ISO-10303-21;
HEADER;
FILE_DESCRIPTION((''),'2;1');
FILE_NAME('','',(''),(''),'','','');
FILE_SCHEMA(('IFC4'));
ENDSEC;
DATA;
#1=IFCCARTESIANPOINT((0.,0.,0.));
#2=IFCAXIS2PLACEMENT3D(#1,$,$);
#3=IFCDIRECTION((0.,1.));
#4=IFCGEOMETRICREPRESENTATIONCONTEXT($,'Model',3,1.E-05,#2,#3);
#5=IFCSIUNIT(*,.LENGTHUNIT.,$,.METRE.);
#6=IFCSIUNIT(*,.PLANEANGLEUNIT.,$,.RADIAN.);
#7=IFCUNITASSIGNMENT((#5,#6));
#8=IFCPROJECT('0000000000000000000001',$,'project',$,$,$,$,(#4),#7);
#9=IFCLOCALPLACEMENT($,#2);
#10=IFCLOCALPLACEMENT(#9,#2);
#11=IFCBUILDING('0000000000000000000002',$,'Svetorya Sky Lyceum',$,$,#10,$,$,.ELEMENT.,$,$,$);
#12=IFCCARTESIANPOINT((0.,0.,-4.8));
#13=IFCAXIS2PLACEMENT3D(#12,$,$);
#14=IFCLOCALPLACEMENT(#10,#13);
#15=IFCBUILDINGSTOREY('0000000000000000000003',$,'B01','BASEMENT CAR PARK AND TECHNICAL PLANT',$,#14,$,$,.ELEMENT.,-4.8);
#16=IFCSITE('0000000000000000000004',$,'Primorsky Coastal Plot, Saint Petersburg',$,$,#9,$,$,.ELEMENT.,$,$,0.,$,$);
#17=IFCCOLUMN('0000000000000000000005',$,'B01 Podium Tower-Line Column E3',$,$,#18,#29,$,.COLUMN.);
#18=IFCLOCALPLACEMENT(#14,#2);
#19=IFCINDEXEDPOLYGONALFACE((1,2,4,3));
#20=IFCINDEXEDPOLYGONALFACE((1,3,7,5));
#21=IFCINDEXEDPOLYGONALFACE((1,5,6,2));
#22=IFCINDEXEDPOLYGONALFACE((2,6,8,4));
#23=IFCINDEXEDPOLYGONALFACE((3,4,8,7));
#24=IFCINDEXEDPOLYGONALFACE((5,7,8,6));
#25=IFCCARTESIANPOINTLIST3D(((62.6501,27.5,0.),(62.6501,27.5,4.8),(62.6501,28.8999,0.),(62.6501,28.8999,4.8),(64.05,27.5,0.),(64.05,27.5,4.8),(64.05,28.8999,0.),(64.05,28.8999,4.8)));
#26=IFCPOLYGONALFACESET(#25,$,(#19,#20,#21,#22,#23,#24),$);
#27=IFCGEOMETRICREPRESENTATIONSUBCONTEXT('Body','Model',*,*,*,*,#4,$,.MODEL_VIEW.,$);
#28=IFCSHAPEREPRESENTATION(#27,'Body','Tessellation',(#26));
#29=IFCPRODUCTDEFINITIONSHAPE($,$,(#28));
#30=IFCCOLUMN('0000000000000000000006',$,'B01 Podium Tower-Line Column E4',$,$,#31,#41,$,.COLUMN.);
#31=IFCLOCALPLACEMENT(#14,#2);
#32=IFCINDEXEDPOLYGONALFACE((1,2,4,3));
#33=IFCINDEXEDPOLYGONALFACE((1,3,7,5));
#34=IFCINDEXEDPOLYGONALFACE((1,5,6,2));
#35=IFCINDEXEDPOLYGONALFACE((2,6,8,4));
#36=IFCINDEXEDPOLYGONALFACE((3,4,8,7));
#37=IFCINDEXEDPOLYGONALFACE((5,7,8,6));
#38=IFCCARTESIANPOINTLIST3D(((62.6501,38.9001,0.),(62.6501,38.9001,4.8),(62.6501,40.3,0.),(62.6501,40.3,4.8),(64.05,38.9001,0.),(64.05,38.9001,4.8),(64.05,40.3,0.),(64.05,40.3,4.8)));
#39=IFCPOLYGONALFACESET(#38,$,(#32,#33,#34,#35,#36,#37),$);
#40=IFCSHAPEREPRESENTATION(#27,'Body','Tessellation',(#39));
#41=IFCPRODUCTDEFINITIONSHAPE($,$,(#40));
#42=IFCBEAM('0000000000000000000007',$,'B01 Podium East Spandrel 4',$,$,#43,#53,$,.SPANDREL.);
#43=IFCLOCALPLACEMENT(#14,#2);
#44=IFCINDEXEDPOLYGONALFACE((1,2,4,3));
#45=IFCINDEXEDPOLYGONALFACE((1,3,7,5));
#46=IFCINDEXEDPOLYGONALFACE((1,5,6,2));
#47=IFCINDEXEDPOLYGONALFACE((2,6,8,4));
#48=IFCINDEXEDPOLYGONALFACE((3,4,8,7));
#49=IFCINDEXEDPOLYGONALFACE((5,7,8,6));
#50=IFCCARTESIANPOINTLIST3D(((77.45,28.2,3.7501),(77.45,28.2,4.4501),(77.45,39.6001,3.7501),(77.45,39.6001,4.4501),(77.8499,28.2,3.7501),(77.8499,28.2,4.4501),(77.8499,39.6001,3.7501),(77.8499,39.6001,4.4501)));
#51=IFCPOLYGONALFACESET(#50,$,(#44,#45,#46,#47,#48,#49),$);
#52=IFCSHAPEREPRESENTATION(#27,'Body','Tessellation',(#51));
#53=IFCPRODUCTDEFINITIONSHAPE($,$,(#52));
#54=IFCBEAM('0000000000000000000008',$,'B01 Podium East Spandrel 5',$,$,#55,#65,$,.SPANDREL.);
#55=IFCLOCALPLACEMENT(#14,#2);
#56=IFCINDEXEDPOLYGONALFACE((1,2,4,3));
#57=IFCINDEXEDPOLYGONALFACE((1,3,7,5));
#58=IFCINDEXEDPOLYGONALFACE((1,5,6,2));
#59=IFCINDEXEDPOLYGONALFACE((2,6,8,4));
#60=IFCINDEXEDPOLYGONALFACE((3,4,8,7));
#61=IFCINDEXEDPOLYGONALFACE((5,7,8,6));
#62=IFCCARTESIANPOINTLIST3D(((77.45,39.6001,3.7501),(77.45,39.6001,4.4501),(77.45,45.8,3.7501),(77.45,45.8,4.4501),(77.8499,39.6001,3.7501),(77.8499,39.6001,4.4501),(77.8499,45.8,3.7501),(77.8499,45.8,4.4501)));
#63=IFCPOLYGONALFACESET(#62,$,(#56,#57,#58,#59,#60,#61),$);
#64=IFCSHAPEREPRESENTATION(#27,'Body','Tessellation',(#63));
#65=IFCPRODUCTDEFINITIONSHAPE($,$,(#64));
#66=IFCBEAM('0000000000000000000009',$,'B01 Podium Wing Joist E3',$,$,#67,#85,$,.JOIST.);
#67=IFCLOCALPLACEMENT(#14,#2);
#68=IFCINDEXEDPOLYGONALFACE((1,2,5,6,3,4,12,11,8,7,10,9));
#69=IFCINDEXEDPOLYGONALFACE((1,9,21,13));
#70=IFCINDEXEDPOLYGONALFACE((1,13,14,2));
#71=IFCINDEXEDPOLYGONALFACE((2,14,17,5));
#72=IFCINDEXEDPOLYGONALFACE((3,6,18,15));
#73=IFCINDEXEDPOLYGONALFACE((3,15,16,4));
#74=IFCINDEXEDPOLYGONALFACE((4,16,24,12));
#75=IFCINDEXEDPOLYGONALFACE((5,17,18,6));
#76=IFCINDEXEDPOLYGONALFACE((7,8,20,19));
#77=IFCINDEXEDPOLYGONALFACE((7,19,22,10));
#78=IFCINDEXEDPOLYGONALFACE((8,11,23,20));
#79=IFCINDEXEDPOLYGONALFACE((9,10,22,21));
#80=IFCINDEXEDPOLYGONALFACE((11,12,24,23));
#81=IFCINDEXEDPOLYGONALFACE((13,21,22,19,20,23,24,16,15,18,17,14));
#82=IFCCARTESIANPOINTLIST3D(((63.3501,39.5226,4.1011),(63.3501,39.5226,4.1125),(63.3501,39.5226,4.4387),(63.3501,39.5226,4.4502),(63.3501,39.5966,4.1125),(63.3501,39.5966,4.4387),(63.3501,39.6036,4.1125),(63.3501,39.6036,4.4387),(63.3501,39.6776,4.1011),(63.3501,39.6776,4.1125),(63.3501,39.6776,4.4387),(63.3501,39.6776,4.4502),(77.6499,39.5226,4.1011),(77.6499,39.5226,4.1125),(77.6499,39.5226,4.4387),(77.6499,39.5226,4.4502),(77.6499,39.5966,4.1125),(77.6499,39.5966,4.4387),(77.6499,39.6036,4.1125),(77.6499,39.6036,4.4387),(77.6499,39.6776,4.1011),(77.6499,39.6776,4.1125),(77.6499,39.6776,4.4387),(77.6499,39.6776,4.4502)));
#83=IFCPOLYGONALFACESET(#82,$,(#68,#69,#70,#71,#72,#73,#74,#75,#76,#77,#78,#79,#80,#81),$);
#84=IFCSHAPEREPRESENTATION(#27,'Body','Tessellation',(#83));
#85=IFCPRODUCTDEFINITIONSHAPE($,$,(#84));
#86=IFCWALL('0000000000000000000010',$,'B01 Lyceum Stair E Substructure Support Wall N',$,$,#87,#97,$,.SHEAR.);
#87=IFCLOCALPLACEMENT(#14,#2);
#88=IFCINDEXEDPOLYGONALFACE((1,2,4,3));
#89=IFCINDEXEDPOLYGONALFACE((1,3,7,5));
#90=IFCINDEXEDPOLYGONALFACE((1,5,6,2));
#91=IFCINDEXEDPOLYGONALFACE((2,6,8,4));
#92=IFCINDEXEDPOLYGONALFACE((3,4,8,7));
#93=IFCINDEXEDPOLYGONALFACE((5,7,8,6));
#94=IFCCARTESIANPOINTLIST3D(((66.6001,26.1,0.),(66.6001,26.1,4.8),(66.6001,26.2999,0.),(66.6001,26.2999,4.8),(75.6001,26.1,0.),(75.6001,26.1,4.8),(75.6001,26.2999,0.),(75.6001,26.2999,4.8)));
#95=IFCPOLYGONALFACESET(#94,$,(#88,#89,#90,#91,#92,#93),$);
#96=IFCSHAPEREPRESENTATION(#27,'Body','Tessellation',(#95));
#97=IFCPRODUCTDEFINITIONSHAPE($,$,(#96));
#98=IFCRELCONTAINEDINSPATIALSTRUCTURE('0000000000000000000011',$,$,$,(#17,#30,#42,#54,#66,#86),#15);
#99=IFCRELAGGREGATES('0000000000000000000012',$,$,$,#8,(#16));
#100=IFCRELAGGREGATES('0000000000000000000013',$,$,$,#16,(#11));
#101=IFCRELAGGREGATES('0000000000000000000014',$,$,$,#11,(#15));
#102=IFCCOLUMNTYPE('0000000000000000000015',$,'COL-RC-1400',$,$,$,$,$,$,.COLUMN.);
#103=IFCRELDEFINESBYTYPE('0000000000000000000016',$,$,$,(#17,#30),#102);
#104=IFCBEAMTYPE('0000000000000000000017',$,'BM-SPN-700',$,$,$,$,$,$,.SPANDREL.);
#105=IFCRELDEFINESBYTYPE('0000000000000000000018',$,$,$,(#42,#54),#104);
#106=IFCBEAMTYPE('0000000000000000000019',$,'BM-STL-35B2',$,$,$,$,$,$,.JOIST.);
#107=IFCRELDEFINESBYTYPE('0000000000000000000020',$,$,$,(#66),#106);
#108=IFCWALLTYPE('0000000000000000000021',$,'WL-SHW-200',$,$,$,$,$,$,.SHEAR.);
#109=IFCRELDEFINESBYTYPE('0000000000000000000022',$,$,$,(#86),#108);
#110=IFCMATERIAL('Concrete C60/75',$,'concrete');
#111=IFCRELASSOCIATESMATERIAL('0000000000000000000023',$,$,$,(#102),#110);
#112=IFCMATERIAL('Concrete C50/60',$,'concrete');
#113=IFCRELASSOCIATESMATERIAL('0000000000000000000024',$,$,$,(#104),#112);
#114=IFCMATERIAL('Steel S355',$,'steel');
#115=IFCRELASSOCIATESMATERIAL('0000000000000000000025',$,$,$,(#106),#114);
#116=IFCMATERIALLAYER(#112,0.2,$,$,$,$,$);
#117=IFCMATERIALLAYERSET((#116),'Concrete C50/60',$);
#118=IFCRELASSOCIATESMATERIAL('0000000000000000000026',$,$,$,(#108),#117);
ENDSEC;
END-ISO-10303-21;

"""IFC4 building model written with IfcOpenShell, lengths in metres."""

from ifc_helpers import new_model, si_unit, direction, frame, frame_2d, origin, origin_2d, place, context, subcontext, project, spatial, rectangle, i_section, extrude, material, layer, layer_set, material_profile, profile_set, type_object, element, save


model = new_model("IFC4")

# Units and contexts
model_context = context("Model", 3, precision=1e-05, world=origin(), true_north=direction((0.0, 1.0)))
body_context = subcontext(model_context, "Body", "Model", "MODEL_VIEW")
ifc_project = project(units=[si_unit("LENGTHUNIT", "METRE"), si_unit("PLANEANGLEUNIT", "RADIAN")], contexts=[model_context])

# Site, building, storey
site_placement = place(None, origin())
site = spatial("IfcSite", under=ifc_project, at=site_placement, Name="Primorsky Coastal Plot, Saint Petersburg", CompositionType="ELEMENT", RefElevation=0.0)
building_placement = place(site_placement, origin())
building = spatial("IfcBuilding", under=site, at=building_placement, Name="Svetorya Sky Lyceum", CompositionType="ELEMENT")
storey_placement = place(building_placement, frame((0.0, 0.0, -4.8)))
storey = spatial("IfcBuildingStorey", under=building, at=storey_placement, Name="B01", Description="BASEMENT CAR PARK AND TECHNICAL PLANT", CompositionType="ELEMENT", Elevation=-4.8)

# Columns
ifc_material_1 = material(Name="Concrete C60/75", Category="concrete")
ifc_material_profile_1 = material_profile(ifc_material_1, rectangle(XDim=1.3999, YDim=1.3999, at=origin_2d()), Name="RC COL 1400x1400")
ifc_profile_set_1 = profile_set([ifc_material_profile_1], Name="Concrete C60/75")
column_type_1 = type_object("IfcColumnType", Name="COL-RC-1400", PredefinedType="COLUMN", material=ifc_profile_set_1)
for number, where, z_axis, x_axis, name in (
    (1, (63.3501, 28.2, 0.0), (0.0, 0.0, 1.0), (1.0, 0.0, 0.0), "B01 Podium Tower-Line Column E3"),
    (2, (63.3501, 39.6001, 0.0), (0.0, 0.0, 1.0), (1.0, 0.0, 0.0), "B01 Podium Tower-Line Column E4"),
):
    element("IfcColumn", number, at=place(storey_placement, frame(where, z_axis=z_axis, x_axis=x_axis)), inside=storey, type_object=column_type_1, Name=name, PredefinedType="COLUMN", context=body_context, shape_type="SweptSolid", body=[
        extrude(rectangle(XDim=1.3999, YDim=1.3999, at=origin_2d()), origin(), (0.0, 0.0, 1.0), 4.8),
    ])

# Beams
ifc_material_2 = material(Name="Concrete C50/60", Category="concrete")
ifc_material_profile_2 = material_profile(ifc_material_2, rectangle(XDim=0.3999, YDim=0.7, at=origin_2d()), Name="RC SPANDREL 400x700")
ifc_profile_set_2 = profile_set([ifc_material_profile_2], Name="Concrete C50/60")
beam_type_1 = type_object("IfcBeamType", Name="BM-SPN-700", PredefinedType="SPANDREL", material=ifc_profile_set_2)
beam_1_placement = place(storey_placement, frame((77.6499, 28.2, 4.1001), z_axis=(0.0, 1.0, 0.0), x_axis=(-1.0, 0.0, 0.0)))
element("IfcBeam", 3, at=beam_1_placement, inside=storey, type_object=beam_type_1, Name="B01 Podium East Spandrel 4", PredefinedType="SPANDREL", context=body_context, shape_type="SweptSolid", body=[
    extrude(rectangle(XDim=0.3999, YDim=0.7, at=origin_2d()), origin(), (0.0, 0.0, 1.0), 11.4001),
])
beam_2_placement = place(storey_placement, frame((77.6499, 39.6001, 4.1001), z_axis=(0.0, 1.0, 0.0), x_axis=(-1.0, 0.0, 0.0)))
element("IfcBeam", 4, at=beam_2_placement, inside=storey, type_object=beam_type_1, Name="B01 Podium East Spandrel 5", PredefinedType="SPANDREL", context=body_context, shape_type="SweptSolid", body=[
    extrude(rectangle(XDim=0.3999, YDim=0.7, at=origin_2d()), origin(), (0.0, 0.0, 1.0), 6.2),
])
ifc_material_3 = material(Name="Steel S355", Category="steel")
ifc_material_profile_3 = material_profile(ifc_material_3, i_section(OverallWidth=0.155, OverallDepth=0.3491, WebThickness=0.0071, FlangeThickness=0.0115, at=origin_2d()), Name="GOST 35B2")
ifc_profile_set_3 = profile_set([ifc_material_profile_3], Name="Steel S355")
beam_type_2 = type_object("IfcBeamType", Name="BM-STL-35B2", PredefinedType="JOIST", material=ifc_profile_set_3)
beam_3_placement = place(storey_placement, frame((63.3501, 39.6001, 4.2756), z_axis=(1.0, 0.0, 0.0), x_axis=(0.0, 1.0, 0.0)))
element("IfcBeam", 5, at=beam_3_placement, inside=storey, type_object=beam_type_2, Name="B01 Podium Wing Joist E3", PredefinedType="JOIST", context=body_context, shape_type="SweptSolid", body=[
    extrude(i_section(OverallWidth=0.155, OverallDepth=0.3491, WebThickness=0.0071, FlangeThickness=0.0115, at=origin_2d()), origin(), (0.0, 0.0, 1.0), 14.2998),
])

# Wall
ifc_layer = layer(ifc_material_2, 0.2)
ifc_layer_set = layer_set([ifc_layer], Name="Concrete C50/60")
wall_type = type_object("IfcWallType", Name="WL-SHW-200", PredefinedType="SHEAR", material=ifc_layer_set)
wall_placement = place(storey_placement, frame((66.6001, 26.2, 0.0), z_axis=(0.0, 0.0, 1.0), x_axis=(1.0, 0.0, 0.0)))
element("IfcWall", 6, at=wall_placement, inside=storey, type_object=wall_type, Name="B01 Lyceum Stair E Substructure Support Wall N", PredefinedType="SHEAR", context=body_context, shape_type="SweptSolid", body=[
    extrude(rectangle(XDim=9.0, YDim=0.2, at=frame_2d((4.5, 0.0))), origin(), (0.0, 0.0, 1.0), 4.8),
])

save(model, "model.ifc")
